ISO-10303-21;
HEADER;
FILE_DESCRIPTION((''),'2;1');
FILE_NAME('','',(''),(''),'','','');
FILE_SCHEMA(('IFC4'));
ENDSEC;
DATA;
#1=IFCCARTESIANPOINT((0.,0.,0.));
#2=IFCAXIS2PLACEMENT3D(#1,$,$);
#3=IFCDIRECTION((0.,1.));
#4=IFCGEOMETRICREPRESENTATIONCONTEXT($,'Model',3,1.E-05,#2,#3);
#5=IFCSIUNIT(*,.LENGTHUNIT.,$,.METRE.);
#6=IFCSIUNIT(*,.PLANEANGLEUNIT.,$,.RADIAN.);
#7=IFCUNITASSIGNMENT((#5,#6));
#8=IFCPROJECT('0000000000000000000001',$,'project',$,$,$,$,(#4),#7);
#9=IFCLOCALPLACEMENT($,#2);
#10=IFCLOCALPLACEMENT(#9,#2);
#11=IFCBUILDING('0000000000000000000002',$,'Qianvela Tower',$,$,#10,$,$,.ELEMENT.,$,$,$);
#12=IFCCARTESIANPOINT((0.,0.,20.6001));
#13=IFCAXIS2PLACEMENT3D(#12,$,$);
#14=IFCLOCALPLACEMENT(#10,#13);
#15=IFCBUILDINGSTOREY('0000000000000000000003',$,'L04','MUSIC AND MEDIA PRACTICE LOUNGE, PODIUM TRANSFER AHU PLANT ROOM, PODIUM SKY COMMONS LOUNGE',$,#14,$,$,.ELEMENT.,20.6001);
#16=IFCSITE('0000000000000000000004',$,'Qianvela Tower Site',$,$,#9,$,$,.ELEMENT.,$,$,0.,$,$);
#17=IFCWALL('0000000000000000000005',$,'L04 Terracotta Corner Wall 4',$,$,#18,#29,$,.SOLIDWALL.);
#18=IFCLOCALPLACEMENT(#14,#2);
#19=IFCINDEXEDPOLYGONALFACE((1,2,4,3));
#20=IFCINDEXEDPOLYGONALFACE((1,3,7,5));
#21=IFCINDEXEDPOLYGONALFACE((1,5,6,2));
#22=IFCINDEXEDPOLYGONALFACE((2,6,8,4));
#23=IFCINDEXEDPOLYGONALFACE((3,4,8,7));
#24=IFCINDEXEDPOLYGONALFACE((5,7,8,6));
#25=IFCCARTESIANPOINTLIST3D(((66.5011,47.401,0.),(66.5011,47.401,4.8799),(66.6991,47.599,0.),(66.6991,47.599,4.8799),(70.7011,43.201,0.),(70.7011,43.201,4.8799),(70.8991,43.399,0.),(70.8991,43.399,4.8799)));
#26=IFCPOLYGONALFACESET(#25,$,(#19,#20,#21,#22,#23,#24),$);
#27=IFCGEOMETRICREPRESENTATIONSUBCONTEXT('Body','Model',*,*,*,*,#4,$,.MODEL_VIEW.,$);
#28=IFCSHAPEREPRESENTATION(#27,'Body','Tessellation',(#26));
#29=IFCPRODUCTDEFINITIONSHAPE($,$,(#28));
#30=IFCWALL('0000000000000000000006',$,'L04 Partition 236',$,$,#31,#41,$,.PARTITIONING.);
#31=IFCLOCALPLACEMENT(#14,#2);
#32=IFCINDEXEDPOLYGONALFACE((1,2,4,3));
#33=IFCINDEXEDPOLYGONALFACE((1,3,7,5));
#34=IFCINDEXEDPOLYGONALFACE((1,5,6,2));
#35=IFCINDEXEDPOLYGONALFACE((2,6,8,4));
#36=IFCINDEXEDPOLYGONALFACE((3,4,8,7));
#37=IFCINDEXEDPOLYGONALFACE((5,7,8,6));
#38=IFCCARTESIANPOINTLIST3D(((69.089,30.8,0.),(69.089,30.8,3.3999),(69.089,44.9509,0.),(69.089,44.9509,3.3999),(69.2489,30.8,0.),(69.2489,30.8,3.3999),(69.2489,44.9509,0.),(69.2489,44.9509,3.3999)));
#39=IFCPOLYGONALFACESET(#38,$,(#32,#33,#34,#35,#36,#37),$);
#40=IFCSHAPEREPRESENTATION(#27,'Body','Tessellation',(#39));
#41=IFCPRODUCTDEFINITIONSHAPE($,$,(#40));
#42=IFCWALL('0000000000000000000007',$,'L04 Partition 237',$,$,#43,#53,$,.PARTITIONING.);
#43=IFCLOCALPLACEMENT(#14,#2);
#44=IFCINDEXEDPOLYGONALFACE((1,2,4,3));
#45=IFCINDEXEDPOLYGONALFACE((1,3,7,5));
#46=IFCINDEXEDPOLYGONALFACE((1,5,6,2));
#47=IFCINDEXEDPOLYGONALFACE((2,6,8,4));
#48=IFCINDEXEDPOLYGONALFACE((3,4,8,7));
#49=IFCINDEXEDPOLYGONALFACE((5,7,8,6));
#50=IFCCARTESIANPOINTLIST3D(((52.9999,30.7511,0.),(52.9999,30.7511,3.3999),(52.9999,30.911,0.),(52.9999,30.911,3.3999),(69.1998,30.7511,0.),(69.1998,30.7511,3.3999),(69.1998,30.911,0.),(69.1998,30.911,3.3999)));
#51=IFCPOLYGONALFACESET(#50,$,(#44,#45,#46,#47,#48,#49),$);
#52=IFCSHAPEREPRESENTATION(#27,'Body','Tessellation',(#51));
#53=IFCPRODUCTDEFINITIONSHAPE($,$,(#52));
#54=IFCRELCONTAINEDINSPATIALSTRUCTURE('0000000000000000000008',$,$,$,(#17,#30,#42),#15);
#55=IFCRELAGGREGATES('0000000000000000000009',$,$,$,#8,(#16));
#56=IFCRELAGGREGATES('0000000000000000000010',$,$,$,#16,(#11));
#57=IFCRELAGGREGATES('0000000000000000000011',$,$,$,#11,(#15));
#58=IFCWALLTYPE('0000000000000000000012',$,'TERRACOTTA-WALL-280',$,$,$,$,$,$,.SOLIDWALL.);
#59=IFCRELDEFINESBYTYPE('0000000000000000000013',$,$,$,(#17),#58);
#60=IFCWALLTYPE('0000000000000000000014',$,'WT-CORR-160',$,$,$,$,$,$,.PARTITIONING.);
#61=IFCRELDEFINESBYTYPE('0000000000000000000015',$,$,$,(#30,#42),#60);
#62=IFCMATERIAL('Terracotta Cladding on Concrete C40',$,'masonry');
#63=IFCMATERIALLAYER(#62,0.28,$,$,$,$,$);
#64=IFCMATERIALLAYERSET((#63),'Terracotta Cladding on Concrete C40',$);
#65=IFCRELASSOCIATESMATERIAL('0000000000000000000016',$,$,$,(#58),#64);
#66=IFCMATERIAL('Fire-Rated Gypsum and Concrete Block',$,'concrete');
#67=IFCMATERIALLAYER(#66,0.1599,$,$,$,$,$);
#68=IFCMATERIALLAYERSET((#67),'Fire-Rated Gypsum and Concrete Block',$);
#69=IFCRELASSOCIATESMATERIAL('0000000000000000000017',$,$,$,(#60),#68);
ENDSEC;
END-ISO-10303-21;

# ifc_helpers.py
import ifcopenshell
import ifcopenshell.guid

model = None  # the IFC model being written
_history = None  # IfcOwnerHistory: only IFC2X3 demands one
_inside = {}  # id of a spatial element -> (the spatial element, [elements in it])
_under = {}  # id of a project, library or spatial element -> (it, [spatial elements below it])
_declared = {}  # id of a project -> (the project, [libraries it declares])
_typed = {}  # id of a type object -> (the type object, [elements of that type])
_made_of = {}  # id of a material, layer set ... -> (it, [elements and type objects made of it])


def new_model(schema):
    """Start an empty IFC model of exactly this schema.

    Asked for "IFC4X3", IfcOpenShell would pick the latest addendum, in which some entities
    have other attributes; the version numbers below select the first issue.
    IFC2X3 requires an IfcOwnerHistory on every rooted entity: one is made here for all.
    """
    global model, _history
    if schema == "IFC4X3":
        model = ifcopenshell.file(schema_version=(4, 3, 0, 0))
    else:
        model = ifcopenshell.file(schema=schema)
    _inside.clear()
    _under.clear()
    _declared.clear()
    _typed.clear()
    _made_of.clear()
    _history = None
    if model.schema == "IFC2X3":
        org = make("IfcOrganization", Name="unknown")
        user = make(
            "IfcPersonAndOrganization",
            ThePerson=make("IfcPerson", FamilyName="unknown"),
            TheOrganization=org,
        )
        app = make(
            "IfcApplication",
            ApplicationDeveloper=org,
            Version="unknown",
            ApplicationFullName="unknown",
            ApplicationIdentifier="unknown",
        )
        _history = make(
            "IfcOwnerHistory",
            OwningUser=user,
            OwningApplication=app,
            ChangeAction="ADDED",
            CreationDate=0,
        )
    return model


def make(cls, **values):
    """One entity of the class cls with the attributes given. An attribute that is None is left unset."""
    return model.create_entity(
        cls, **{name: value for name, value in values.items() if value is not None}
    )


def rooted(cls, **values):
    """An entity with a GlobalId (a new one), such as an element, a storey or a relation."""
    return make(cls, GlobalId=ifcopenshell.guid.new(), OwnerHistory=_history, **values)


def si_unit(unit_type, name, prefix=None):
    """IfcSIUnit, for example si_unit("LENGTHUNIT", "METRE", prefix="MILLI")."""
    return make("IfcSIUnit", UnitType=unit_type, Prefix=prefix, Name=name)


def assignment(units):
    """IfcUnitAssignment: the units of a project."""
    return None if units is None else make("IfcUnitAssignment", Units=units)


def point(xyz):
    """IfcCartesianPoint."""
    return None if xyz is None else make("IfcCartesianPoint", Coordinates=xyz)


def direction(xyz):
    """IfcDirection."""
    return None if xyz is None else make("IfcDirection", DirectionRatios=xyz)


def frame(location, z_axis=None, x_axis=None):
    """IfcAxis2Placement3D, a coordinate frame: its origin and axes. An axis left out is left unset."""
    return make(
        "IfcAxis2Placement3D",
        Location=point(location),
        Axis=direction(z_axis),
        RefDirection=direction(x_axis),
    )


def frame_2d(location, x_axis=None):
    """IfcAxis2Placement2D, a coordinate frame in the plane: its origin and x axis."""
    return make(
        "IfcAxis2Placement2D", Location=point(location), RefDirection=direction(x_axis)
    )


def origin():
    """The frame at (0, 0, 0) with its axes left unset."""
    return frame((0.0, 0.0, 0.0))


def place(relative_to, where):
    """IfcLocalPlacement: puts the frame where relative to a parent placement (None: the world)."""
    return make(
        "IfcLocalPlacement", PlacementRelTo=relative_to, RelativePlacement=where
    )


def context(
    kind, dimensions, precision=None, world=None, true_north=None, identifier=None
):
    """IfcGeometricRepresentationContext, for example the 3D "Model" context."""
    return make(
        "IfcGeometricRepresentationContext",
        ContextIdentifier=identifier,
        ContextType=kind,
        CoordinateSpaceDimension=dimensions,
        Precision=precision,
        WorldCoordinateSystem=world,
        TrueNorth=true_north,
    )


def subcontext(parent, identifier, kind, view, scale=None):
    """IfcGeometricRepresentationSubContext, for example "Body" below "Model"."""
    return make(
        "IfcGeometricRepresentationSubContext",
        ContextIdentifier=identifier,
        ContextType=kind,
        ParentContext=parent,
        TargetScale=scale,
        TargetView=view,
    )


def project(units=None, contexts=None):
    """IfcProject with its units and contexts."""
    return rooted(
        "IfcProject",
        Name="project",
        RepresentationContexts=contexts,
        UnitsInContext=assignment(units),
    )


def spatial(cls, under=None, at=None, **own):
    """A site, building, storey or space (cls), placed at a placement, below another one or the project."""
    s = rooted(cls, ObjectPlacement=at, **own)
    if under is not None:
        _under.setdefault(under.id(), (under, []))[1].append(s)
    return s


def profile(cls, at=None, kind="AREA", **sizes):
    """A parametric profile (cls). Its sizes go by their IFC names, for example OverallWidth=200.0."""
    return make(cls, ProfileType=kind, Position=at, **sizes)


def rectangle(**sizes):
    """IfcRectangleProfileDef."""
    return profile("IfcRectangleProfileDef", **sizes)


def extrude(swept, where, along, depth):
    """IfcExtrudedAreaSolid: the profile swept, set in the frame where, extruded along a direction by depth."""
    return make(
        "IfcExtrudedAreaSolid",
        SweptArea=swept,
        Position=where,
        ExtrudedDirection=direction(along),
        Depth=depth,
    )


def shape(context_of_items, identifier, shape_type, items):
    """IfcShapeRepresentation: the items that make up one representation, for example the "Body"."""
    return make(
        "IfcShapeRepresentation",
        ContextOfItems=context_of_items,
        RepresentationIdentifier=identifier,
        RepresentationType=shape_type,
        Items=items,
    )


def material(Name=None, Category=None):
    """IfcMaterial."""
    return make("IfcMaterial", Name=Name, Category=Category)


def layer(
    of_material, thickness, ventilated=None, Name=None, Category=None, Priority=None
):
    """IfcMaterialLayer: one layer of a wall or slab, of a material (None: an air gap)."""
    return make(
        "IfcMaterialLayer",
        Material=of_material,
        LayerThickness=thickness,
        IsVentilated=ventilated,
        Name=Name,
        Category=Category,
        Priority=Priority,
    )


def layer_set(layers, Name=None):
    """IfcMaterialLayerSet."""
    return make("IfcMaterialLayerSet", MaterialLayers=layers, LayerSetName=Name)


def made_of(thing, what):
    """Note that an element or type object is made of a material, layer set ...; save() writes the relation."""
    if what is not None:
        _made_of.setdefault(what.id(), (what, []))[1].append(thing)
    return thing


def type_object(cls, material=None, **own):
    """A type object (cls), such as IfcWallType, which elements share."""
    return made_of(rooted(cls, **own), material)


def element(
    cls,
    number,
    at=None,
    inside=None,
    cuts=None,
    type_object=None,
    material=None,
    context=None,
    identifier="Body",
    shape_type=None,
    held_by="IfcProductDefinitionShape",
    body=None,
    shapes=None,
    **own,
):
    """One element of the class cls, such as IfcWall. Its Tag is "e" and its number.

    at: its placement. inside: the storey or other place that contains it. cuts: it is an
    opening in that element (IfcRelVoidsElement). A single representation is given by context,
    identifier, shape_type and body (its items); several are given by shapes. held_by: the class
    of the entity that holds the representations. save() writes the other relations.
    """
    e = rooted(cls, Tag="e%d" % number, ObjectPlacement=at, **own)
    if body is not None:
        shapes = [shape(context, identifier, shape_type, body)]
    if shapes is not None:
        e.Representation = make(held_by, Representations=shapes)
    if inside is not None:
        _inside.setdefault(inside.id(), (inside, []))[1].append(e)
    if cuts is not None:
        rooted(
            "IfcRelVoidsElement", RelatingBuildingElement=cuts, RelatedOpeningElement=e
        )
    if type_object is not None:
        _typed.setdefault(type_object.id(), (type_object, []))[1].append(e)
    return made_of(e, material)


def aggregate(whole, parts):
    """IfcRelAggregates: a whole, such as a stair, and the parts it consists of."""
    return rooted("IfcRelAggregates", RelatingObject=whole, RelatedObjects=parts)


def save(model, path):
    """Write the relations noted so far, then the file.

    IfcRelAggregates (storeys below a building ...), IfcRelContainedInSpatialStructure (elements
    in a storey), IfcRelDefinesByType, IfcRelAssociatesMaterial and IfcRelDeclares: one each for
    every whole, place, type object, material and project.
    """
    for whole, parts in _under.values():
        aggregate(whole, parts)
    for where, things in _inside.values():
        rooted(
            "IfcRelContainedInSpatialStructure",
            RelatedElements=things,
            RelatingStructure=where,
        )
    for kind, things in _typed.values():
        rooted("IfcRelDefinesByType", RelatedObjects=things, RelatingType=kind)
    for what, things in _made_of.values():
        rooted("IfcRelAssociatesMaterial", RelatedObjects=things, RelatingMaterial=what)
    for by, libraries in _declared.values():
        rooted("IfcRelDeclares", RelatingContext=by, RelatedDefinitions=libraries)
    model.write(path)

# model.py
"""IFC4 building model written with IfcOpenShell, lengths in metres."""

from ifc_helpers import new_model, si_unit, direction, frame, frame_2d, origin, place, context, subcontext, project, spatial, rectangle, extrude, material, layer, layer_set, type_object, element, save


model = new_model("IFC4")

# Units and contexts
model_context = context("Model", 3, precision=1e-05, world=origin(), true_north=direction((0.0, 1.0)))
body_context = subcontext(model_context, "Body", "Model", "MODEL_VIEW")
ifc_project = project(units=[si_unit("LENGTHUNIT", "METRE"), si_unit("PLANEANGLEUNIT", "RADIAN")], contexts=[model_context])

# Site, building, storey
site_placement = place(None, origin())
site = spatial("IfcSite", under=ifc_project, at=site_placement, Name="Qianvela Tower Site", CompositionType="ELEMENT", RefElevation=0.0)
building_placement = place(site_placement, origin())
building = spatial("IfcBuilding", under=site, at=building_placement, Name="Qianvela Tower", CompositionType="ELEMENT")
storey_placement = place(building_placement, frame((0.0, 0.0, 20.6001)))
storey = spatial("IfcBuildingStorey", under=building, at=storey_placement, Name="L04", Description="MUSIC AND MEDIA PRACTICE LOUNGE, PODIUM TRANSFER AHU PLANT ROOM, PODIUM SKY COMMONS LOUNGE", CompositionType="ELEMENT", Elevation=20.6001)

# Walls
ifc_material_1 = material(Name="Terracotta Cladding on Concrete C40", Category="masonry")
ifc_layer_1 = layer(ifc_material_1, 0.28)
ifc_layer_set_1 = layer_set([ifc_layer_1], Name="Terracotta Cladding on Concrete C40")
wall_type_1 = type_object("IfcWallType", Name="TERRACOTTA-WALL-280", PredefinedType="SOLIDWALL", material=ifc_layer_set_1)
wall_1_placement = place(storey_placement, frame((70.8, 43.3, 0.0), z_axis=(0.0, 0.0, 1.0), x_axis=(-0.707107, 0.707107, 0.0)))
element("IfcWall", 1, at=wall_1_placement, inside=storey, type_object=wall_type_1, Name="L04 Terracotta Corner Wall 4", PredefinedType="SOLIDWALL", context=body_context, shape_type="SweptSolid", body=[
    extrude(rectangle(XDim=5.9397, YDim=0.28, at=frame_2d((2.9697, 0.0))), origin(), (0.0, 0.0, 1.0), 4.8799),
])
ifc_material_2 = material(Name="Fire-Rated Gypsum and Concrete Block", Category="concrete")
ifc_layer_2 = layer(ifc_material_2, 0.1599)
ifc_layer_set_2 = layer_set([ifc_layer_2], Name="Fire-Rated Gypsum and Concrete Block")
wall_type_2 = type_object("IfcWallType", Name="WT-CORR-160", PredefinedType="PARTITIONING", material=ifc_layer_set_2)
wall_2_placement = place(storey_placement, frame((69.1689, 44.9509, 0.0), z_axis=(0.0, 0.0, 1.0), x_axis=(0.0, -1.0, 0.0)))
element("IfcWall", 2, at=wall_2_placement, inside=storey, type_object=wall_type_2, Name="L04 Partition 236", PredefinedType="PARTITIONING", context=body_context, shape_type="SweptSolid", body=[
    extrude(rectangle(XDim=14.1509, YDim=0.1599, at=frame_2d((7.0754, 0.0))), origin(), (0.0, 0.0, 1.0), 3.3999),
])
wall_3_placement = place(storey_placement, frame((69.2, 30.8311, 0.0), z_axis=(0.0, 0.0, 1.0), x_axis=(-1.0, 0.0, 0.0)))
element("IfcWall", 3, at=wall_3_placement, inside=storey, type_object=wall_type_2, Name="L04 Partition 237", PredefinedType="PARTITIONING", context=body_context, shape_type="SweptSolid", body=[
    extrude(rectangle(XDim=16.2, YDim=0.1599, at=frame_2d((8.1001, 0.0))), origin(), (0.0, 0.0, 1.0), 3.3999),
])

save(model, "model.ifc")
